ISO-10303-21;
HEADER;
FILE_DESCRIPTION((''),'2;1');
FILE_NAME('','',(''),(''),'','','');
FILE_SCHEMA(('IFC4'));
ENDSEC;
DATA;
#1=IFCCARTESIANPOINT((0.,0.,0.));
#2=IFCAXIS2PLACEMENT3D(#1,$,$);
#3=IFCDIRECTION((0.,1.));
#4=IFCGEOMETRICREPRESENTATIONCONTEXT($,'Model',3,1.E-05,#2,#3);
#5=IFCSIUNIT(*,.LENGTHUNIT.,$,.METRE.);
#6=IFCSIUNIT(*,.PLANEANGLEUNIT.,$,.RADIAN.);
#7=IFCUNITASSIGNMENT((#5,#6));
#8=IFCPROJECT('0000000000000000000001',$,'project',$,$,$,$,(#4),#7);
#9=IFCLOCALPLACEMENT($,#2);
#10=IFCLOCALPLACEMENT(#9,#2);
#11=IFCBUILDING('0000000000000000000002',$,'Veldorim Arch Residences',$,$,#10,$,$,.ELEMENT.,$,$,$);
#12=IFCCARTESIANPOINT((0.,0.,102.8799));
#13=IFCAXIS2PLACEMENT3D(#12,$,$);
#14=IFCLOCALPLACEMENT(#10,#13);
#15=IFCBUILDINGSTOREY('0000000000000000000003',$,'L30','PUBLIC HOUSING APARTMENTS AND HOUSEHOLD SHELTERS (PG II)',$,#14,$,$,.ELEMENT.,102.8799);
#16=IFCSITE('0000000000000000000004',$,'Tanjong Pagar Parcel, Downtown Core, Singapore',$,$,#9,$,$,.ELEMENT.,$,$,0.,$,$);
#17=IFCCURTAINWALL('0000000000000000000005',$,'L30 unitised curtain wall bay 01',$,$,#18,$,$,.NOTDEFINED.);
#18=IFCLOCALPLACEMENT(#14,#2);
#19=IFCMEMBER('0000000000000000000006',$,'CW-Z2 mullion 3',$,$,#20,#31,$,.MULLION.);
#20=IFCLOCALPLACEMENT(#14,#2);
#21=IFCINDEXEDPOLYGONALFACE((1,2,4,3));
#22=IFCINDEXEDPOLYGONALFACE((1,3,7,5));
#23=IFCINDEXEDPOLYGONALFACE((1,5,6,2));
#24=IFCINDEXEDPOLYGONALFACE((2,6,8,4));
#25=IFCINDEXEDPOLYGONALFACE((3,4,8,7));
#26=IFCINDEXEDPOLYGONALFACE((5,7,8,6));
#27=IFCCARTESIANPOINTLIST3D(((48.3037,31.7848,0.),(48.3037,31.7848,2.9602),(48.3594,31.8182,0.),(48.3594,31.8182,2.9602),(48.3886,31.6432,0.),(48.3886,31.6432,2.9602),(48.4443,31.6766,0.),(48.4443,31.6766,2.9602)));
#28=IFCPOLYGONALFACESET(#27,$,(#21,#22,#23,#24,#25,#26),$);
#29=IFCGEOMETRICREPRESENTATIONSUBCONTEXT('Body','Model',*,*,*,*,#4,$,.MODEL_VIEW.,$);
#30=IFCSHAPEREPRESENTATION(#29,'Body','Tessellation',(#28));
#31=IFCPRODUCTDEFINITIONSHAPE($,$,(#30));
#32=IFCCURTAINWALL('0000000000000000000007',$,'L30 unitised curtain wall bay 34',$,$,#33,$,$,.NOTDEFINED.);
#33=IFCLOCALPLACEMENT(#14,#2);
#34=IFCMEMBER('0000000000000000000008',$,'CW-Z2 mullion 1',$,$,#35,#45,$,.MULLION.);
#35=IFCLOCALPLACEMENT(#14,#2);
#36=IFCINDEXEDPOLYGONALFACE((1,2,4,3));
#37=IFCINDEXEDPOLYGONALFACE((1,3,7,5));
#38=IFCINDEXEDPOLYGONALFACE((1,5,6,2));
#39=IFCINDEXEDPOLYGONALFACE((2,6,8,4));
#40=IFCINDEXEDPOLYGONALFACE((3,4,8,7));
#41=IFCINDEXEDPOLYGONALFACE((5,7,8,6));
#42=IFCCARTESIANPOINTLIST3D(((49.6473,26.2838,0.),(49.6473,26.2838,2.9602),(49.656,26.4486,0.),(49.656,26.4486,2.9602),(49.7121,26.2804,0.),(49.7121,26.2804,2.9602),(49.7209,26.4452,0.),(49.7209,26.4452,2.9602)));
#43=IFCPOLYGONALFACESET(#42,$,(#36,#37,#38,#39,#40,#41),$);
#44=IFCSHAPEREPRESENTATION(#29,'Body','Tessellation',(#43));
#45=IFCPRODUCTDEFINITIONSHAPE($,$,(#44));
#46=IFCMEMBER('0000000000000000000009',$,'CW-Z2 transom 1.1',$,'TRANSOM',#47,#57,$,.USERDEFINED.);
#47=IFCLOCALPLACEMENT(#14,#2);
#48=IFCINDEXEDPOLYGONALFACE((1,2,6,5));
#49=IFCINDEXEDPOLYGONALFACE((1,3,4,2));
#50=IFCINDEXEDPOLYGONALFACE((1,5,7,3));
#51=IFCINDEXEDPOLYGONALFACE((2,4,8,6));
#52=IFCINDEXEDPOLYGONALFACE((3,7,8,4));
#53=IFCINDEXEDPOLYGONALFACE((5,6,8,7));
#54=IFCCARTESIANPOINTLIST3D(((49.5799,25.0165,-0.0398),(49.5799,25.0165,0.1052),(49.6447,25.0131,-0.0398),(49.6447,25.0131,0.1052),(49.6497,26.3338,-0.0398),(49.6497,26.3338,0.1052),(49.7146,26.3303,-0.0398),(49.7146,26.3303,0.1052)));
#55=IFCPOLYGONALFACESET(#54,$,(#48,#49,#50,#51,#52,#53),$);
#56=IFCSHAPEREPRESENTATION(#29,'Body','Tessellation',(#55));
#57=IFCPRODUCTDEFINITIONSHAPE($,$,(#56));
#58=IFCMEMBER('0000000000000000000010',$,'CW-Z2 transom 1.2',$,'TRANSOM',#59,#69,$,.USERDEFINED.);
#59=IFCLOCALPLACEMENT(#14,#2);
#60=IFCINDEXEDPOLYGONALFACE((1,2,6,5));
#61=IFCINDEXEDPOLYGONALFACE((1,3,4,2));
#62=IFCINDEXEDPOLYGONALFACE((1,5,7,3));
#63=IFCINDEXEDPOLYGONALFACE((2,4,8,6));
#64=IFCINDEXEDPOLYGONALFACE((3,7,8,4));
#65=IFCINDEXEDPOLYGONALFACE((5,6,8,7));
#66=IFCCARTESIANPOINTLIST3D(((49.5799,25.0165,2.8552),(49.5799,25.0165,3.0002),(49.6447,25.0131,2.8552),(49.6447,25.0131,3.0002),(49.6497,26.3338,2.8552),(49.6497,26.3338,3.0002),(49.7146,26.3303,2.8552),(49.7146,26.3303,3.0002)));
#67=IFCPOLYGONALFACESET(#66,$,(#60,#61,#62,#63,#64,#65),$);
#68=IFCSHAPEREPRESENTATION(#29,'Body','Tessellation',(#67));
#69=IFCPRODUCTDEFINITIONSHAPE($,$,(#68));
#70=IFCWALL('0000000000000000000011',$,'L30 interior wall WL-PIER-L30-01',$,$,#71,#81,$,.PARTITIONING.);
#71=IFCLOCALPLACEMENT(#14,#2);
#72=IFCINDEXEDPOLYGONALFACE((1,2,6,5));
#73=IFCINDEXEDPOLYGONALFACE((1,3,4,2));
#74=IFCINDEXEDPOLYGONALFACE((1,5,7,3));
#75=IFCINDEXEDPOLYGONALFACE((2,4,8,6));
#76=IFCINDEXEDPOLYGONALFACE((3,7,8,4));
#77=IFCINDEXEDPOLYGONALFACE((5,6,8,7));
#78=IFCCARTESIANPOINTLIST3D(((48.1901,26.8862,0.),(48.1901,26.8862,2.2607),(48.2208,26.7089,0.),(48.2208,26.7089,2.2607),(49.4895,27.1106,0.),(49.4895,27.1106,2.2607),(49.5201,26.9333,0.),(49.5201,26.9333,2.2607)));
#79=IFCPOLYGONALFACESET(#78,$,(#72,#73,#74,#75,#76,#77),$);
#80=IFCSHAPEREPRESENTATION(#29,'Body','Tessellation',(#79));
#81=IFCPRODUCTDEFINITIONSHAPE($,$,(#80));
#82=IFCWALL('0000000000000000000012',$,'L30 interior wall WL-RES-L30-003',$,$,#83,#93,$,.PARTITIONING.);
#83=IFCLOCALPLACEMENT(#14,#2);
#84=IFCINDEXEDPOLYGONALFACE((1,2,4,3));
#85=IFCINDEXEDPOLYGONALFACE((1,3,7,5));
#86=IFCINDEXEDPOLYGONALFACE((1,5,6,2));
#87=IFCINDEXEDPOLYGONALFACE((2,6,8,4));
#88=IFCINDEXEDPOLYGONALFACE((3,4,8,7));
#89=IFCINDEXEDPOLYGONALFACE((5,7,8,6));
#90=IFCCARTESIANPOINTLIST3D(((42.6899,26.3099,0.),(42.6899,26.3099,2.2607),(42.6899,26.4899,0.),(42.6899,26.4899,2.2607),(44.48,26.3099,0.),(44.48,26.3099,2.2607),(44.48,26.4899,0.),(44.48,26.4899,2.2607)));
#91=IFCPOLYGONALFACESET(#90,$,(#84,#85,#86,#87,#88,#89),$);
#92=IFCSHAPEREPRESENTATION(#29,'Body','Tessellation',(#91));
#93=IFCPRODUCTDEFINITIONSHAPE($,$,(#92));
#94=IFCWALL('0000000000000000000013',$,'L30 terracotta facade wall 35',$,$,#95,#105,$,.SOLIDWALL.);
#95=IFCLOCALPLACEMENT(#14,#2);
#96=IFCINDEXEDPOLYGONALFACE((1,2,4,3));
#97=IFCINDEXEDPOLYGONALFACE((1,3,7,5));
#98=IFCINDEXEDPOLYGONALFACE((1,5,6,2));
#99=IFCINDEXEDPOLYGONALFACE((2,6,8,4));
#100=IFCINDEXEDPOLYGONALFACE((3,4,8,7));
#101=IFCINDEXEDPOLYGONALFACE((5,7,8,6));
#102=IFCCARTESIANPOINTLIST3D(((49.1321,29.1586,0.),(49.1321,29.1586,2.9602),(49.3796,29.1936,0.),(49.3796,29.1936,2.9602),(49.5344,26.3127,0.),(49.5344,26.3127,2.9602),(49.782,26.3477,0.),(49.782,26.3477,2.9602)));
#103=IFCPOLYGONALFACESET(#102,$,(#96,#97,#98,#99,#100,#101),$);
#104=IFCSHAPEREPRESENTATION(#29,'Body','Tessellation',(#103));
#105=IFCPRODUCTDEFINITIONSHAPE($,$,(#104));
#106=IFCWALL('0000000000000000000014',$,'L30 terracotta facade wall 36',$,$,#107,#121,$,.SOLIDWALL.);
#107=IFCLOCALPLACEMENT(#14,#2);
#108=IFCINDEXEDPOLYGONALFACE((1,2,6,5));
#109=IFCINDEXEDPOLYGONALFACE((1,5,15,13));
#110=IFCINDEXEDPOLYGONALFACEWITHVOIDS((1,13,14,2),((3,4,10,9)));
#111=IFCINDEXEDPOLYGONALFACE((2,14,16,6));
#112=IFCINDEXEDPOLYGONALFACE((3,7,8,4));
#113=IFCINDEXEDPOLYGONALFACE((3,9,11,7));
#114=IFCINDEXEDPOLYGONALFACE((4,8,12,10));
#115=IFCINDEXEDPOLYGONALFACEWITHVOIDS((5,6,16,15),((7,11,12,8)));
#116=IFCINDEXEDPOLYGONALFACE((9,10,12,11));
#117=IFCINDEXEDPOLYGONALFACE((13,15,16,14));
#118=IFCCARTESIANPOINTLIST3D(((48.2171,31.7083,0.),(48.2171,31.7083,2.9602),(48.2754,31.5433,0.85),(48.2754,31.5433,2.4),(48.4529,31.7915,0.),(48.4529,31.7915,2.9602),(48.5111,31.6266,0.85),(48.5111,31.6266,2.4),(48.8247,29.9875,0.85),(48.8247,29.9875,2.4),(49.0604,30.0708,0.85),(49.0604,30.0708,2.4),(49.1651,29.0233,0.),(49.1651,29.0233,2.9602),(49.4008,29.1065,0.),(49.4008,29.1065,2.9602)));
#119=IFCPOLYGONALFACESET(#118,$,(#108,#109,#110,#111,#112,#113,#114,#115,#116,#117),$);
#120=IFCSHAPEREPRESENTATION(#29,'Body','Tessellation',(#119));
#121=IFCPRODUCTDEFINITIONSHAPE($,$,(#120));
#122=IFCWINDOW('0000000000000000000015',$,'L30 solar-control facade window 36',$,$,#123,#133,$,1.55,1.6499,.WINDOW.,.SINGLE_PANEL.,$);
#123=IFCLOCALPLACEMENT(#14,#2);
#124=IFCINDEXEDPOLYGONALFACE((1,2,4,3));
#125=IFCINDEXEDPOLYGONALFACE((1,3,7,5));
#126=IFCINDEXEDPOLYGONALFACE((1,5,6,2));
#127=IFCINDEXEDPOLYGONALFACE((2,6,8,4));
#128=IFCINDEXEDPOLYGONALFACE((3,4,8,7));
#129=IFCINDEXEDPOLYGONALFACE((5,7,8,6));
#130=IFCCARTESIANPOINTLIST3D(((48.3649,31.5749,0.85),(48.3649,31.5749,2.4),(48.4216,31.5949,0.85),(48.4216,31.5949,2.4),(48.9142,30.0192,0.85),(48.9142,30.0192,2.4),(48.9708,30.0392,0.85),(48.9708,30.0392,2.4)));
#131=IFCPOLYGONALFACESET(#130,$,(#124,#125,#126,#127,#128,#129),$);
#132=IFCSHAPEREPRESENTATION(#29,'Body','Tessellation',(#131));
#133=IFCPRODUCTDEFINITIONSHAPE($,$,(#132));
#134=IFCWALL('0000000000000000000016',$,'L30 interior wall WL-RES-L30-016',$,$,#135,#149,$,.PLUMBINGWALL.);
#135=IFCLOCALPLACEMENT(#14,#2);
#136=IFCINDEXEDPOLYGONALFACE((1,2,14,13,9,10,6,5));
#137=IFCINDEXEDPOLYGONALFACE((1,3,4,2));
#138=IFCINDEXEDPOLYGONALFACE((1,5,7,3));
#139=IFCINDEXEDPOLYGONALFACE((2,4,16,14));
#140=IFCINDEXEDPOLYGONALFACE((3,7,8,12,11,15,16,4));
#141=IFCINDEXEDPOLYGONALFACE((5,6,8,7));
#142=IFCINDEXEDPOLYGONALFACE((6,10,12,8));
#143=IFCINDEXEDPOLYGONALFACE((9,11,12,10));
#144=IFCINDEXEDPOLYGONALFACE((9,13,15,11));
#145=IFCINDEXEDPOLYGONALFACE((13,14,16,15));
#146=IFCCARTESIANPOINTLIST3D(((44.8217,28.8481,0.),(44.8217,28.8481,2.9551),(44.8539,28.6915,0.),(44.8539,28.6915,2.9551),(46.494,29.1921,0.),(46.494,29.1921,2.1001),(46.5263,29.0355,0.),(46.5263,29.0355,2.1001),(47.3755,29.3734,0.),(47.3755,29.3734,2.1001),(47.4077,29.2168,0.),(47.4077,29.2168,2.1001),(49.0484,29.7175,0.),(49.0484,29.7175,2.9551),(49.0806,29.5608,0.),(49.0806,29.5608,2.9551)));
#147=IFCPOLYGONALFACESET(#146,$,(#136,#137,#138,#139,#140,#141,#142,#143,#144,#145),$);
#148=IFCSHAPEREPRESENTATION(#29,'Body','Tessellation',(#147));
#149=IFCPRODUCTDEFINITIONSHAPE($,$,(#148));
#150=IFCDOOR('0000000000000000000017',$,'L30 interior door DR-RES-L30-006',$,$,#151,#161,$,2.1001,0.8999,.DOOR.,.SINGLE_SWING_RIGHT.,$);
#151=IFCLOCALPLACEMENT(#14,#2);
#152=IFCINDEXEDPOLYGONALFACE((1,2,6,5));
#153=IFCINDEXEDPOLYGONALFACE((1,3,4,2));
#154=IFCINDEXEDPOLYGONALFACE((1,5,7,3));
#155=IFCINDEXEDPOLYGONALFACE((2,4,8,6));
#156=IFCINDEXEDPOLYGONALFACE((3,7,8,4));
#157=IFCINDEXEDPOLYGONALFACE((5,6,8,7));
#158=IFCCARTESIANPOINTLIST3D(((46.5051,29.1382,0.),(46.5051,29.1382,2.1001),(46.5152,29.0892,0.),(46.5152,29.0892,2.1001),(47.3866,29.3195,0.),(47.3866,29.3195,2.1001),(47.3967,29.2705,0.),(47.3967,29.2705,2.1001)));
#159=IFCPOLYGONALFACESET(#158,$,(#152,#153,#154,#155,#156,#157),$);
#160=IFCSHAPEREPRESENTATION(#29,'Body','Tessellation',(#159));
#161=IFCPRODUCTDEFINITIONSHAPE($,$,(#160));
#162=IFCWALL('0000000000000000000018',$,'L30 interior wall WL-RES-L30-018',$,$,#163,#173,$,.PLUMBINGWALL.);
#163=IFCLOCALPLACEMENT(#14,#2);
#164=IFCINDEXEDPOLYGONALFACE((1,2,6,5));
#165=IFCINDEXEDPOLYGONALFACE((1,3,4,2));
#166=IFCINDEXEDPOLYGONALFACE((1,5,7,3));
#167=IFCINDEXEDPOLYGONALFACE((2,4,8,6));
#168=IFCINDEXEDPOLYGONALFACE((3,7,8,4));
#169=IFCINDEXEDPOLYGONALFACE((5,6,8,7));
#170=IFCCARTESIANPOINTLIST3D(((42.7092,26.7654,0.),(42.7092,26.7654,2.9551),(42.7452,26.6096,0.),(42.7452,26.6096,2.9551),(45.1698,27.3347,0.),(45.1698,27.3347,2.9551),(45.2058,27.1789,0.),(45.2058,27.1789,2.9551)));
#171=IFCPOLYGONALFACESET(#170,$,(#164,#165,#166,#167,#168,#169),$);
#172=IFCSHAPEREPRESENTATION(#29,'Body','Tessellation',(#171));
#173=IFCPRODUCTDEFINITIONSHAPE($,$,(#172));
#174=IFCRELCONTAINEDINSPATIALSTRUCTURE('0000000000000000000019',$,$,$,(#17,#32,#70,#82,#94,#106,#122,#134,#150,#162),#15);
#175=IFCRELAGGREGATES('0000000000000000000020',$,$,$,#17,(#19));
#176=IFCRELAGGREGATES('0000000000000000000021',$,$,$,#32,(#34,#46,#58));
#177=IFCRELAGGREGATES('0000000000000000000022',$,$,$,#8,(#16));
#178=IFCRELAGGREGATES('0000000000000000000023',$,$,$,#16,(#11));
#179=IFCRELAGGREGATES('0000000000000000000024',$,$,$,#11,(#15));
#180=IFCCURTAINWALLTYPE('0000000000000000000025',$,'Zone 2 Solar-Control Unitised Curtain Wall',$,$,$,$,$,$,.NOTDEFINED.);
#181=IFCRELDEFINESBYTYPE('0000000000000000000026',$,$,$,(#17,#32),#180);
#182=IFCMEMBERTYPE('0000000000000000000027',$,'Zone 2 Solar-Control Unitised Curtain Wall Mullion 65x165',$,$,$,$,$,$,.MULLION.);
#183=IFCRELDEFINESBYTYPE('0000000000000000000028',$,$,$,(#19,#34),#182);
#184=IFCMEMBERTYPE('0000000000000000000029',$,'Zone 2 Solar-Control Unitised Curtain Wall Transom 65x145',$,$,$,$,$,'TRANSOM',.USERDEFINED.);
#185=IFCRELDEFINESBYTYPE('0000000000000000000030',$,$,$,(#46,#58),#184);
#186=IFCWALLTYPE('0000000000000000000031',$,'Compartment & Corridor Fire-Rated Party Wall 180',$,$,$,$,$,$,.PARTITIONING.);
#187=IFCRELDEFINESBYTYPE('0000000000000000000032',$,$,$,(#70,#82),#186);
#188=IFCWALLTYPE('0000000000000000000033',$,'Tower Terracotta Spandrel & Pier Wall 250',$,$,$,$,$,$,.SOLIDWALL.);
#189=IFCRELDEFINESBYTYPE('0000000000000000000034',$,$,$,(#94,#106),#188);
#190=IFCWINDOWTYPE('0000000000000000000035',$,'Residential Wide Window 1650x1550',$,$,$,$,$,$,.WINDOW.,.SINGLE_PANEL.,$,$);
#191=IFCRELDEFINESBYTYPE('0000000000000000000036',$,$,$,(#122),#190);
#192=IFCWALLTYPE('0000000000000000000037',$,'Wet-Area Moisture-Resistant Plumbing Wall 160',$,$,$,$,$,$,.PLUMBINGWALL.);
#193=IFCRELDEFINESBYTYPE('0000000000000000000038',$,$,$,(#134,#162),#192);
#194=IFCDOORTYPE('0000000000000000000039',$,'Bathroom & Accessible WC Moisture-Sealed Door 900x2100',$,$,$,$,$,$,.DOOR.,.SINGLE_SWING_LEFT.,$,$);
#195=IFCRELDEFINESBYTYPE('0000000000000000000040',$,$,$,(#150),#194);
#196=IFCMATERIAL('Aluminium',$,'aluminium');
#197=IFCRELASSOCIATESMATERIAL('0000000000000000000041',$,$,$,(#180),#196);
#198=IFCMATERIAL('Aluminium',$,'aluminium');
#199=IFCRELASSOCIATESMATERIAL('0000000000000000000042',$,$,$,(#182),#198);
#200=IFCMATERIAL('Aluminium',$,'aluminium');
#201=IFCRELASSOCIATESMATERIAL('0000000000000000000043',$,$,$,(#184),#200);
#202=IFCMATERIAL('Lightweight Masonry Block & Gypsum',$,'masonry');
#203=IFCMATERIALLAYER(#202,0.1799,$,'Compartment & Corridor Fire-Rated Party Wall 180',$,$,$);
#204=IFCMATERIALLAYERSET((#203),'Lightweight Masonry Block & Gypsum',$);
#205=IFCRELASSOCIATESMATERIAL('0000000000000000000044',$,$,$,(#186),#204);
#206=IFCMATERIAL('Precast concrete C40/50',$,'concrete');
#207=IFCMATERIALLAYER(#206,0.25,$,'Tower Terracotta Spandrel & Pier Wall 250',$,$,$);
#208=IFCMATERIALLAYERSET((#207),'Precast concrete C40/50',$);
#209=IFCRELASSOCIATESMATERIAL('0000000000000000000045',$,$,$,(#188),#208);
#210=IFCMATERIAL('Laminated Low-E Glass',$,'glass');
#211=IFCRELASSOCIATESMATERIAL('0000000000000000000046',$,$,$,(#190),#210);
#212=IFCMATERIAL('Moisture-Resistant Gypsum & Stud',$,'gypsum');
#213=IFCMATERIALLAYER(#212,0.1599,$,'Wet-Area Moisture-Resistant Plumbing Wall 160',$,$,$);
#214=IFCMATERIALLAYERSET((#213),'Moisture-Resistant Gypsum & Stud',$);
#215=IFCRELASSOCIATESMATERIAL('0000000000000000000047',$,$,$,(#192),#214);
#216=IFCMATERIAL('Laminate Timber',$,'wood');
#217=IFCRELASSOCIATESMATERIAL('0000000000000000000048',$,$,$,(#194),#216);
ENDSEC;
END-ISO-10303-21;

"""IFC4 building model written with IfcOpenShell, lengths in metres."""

from ifc_helpers import new_model, si_unit, direction, frame, frame_2d, origin, origin_2d, place, context, subcontext, project, spatial, rectangle, extrude, material, layer, layer_set, material_profile, profile_set, type_object, element, fill, aggregate, save


model = new_model("IFC4")

# Units and contexts
model_context = context("Model", 3, precision=1e-05, world=origin(), true_north=direction((0.0, 1.0)))
body_context = subcontext(model_context, "Body", "Model", "MODEL_VIEW")
ifc_project = project(units=[si_unit("LENGTHUNIT", "METRE"), si_unit("PLANEANGLEUNIT", "RADIAN")], contexts=[model_context])

# Site, building, storey
site_placement = place(None, origin())
site = spatial("IfcSite", under=ifc_project, at=site_placement, Name="Tanjong Pagar Parcel, Downtown Core, Singapore", CompositionType="ELEMENT", RefElevation=0.0)
building_placement = place(site_placement, origin())
building = spatial("IfcBuilding", under=site, at=building_placement, Name="Veldorim Arch Residences", CompositionType="ELEMENT")
storey_placement = place(building_placement, frame((0.0, 0.0, 102.8799)))
storey = spatial("IfcBuildingStorey", under=building, at=storey_placement, Name="L30", Description="PUBLIC HOUSING APARTMENTS AND HOUSEHOLD SHELTERS (PG II)", CompositionType="ELEMENT", Elevation=102.8799)

# Curtain wall, member
ifc_material_1 = material(Name="Aluminium", Category="aluminium")
curtain_wall_type = type_object("IfcCurtainWallType", Name="Zone 2 Solar-Control Unitised Curtain Wall", PredefinedType="NOTDEFINED", material=ifc_material_1)
curtain_wall_1_placement = place(storey_placement, origin())
curtain_wall_1 = element("IfcCurtainWall", 1, at=curtain_wall_1_placement, inside=storey, type_object=curtain_wall_type, Name="L30 unitised curtain wall bay 01", PredefinedType="NOTDEFINED")
ifc_material_2 = material(Name="Aluminium", Category="aluminium")
ifc_material_profile_1 = material_profile(ifc_material_2, rectangle(XDim=0.0649, YDim=0.165, at=origin_2d()), Name="ALU_MUL_65x165")
ifc_profile_set_1 = profile_set([ifc_material_profile_1], Name="Aluminium")
member_type_1 = type_object("IfcMemberType", Name="Zone 2 Solar-Control Unitised Curtain Wall Mullion 65x165", PredefinedType="MULLION", material=ifc_profile_set_1)
member_1_placement = place(storey_placement, frame((48.374, 31.7307, 0.0), z_axis=(0.0, 0.0, 1.0), x_axis=(0.85757, 0.514368, 0.0)))
member_1 = element("IfcMember", 2, at=member_1_placement, type_object=member_type_1, Name="CW-Z2 mullion 3", PredefinedType="MULLION", context=body_context, shape_type="SweptSolid", body=[
    extrude(rectangle(XDim=0.0649, YDim=0.165, at=origin_2d()), origin(), (0.0, 0.0, 1.0), 2.9602),
])
aggregate(curtain_wall_1, [member_1])

# Curtain wall, members
curtain_wall_2_placement = place(storey_placement, origin())
curtain_wall_2 = element("IfcCurtainWall", 3, at=curtain_wall_2_placement, inside=storey, type_object=curtain_wall_type, Name="L30 unitised curtain wall bay 34", PredefinedType="NOTDEFINED")
member_2_placement = place(storey_placement, frame((49.6841, 26.3645, 0.0), z_axis=(0.0, 0.0, 1.0), x_axis=(0.99859, -0.053083, 0.0)))
member_2 = element("IfcMember", 4, at=member_2_placement, type_object=member_type_1, Name="CW-Z2 mullion 1", PredefinedType="MULLION", context=body_context, shape_type="SweptSolid", body=[
    extrude(rectangle(XDim=0.0649, YDim=0.165, at=origin_2d()), origin(), (0.0, 0.0, 1.0), 2.9602),
])
ifc_material_3 = material(Name="Aluminium", Category="aluminium")
ifc_material_profile_2 = material_profile(ifc_material_3, rectangle(XDim=0.0649, YDim=0.145, at=origin_2d()), Name="ALU_TRN_65x145")
ifc_profile_set_2 = profile_set([ifc_material_profile_2], Name="Aluminium")
member_type_2 = type_object("IfcMemberType", Name="Zone 2 Solar-Control Unitised Curtain Wall Transom 65x145", ElementType="TRANSOM", PredefinedType="USERDEFINED", material=ifc_profile_set_2)
member_3_placement = place(storey_placement, frame((49.6821, 26.332, 0.0327), z_axis=(-0.052938, -0.998598, 0.0), x_axis=(0.998598, -0.052938, 0.0)))
member_3 = element("IfcMember", 5, at=member_3_placement, type_object=member_type_2, Name="CW-Z2 transom 1.1", ObjectType="TRANSOM", PredefinedType="USERDEFINED", context=body_context, shape_type="SweptSolid", body=[
    extrude(rectangle(XDim=0.0649, YDim=0.145, at=origin_2d()), origin(), (0.0, 0.0, 1.0), 1.3191),
])
member_4_placement = place(storey_placement, frame((49.6821, 26.332, 2.9277), z_axis=(-0.052938, -0.998598, 0.0), x_axis=(0.998598, -0.052938, 0.0)))
member_4 = element("IfcMember", 6, at=member_4_placement, type_object=member_type_2, Name="CW-Z2 transom 1.2", ObjectType="TRANSOM", PredefinedType="USERDEFINED", context=body_context, shape_type="SweptSolid", body=[
    extrude(rectangle(XDim=0.0649, YDim=0.145, at=origin_2d()), origin(), (0.0, 0.0, 1.0), 1.3191),
])
aggregate(curtain_wall_2, [member_2, member_3, member_4])

# Walls
ifc_material_4 = material(Name="Lightweight Masonry Block & Gypsum", Category="masonry")
ifc_layer_1 = layer(ifc_material_4, 0.1799, Name="Compartment & Corridor Fire-Rated Party Wall 180")
ifc_layer_set_1 = layer_set([ifc_layer_1], Name="Lightweight Masonry Block & Gypsum")
wall_type_1 = type_object("IfcWallType", Name="Compartment & Corridor Fire-Rated Party Wall 180", PredefinedType="PARTITIONING", material=ifc_layer_set_1)
wall_1_placement = place(storey_placement, frame((48.2056, 26.7976, 0.0), z_axis=(0.0, 0.0, 1.0), x_axis=(0.985416, 0.170161, 0.0)))
element("IfcWall", 7, at=wall_1_placement, inside=storey, type_object=wall_type_1, Name="L30 interior wall WL-PIER-L30-01", PredefinedType="PARTITIONING", context=body_context, shape_type="SweptSolid", body=[
    extrude(rectangle(XDim=1.3186, YDim=0.1799, at=frame_2d((0.6592, 0.0))), origin(), (0.0, 0.0, 1.0), 2.2607),
])
wall_2_placement = place(storey_placement, frame((42.6899, 26.3999, 0.0), z_axis=(0.0, 0.0, 1.0), x_axis=(1.0, 0.0, 0.0)))
element("IfcWall", 8, at=wall_2_placement, inside=storey, type_object=wall_type_1, Name="L30 interior wall WL-RES-L30-003", PredefinedType="PARTITIONING", context=body_context, shape_type="SweptSolid", body=[
    extrude(rectangle(XDim=1.79, YDim=0.1799, at=frame_2d((0.895, 0.0))), origin(), (0.0, 0.0, 1.0), 2.2607),
])

# Wall
ifc_material_5 = material(Name="Precast concrete C40/50", Category="concrete")
ifc_layer_2 = layer(ifc_material_5, 0.25, Name="Tower Terracotta Spandrel & Pier Wall 250")
ifc_layer_set_2 = layer_set([ifc_layer_2], Name="Precast concrete C40/50")
wall_type_2 = type_object("IfcWallType", Name="Tower Terracotta Spandrel & Pier Wall 250", PredefinedType="SOLIDWALL", material=ifc_layer_set_2)
wall_3_placement = place(storey_placement, frame((49.2559, 29.176, 0.0), z_axis=(0.0, 0.0, 1.0), x_axis=(0.139982, -0.990154, 0.0)))
element("IfcWall", 9, at=wall_3_placement, inside=storey, type_object=wall_type_2, Name="L30 terracotta facade wall 35", PredefinedType="SOLIDWALL", context=body_context, shape_type="SweptSolid", body=[
    extrude(rectangle(XDim=2.8743, YDim=0.25, at=frame_2d((1.437, 0.0))), origin(), (0.0, 0.0, 1.0), 2.9602),
])

# Wall, opening, window
wall_4_placement = place(storey_placement, frame((48.335, 31.75, 0.0), z_axis=(0.0, 0.0, 1.0), x_axis=(0.332923, -0.942954, 0.0)))
wall_4 = element("IfcWall", 10, at=wall_4_placement, inside=storey, type_object=wall_type_2, Name="L30 terracotta facade wall 36", PredefinedType="SOLIDWALL", context=body_context, shape_type="SweptSolid", body=[
    extrude(rectangle(XDim=2.8474, YDim=0.25, at=frame_2d((1.4238, 0.0))), origin(), (0.0, 0.0, 1.0), 2.9602),
])
opening_1_placement = place(wall_4_placement, frame((0.175, 0.0, 0.8501)))
opening_1 = element("IfcOpeningElement", 11, at=opening_1_placement, cuts=wall_4, PredefinedType="OPENING", context=body_context, shape_type="SweptSolid", body=[
    extrude(rectangle(XDim=1.6499, YDim=1.55, at=frame_2d((0.825, 0.7749))), frame((0.0, 0.135, 0.0), z_axis=(0.0, -1.0, 0.0), x_axis=(1.0, 0.0, 0.0)), (0.0, 0.0, 1.0), 0.27),
])
ifc_material_6 = material(Name="Laminated Low-E Glass", Category="glass")
window_type = type_object("IfcWindowType", Name="Residential Wide Window 1650x1550", PartitioningType="SINGLE_PANEL", PredefinedType="WINDOW", material=ifc_material_6)
window_placement = place(opening_1_placement, origin())
window = element("IfcWindow", 12, at=window_placement, inside=storey, type_object=window_type, Name="L30 solar-control facade window 36", OverallHeight=1.55, OverallWidth=1.6499, PartitioningType="SINGLE_PANEL", PredefinedType="WINDOW", context=body_context, shape_type="SweptSolid", body=[
    extrude(rectangle(XDim=1.6499, YDim=1.55, at=frame_2d((0.825, 0.7749))), frame((0.0, 0.03, 0.0), z_axis=(0.0, -1.0, 0.0), x_axis=(1.0, 0.0, 0.0)), (0.0, 0.0, 1.0), 0.0601),
])
fill(opening_1, window)

# Wall, opening, door
ifc_material_7 = material(Name="Moisture-Resistant Gypsum & Stud", Category="gypsum")
ifc_layer_3 = layer(ifc_material_7, 0.1599, Name="Wet-Area Moisture-Resistant Plumbing Wall 160")
ifc_layer_set_3 = layer_set([ifc_layer_3], Name="Moisture-Resistant Gypsum & Stud")
wall_type_3 = type_object("IfcWallType", Name="Wet-Area Moisture-Resistant Plumbing Wall 160", PredefinedType="PLUMBINGWALL", material=ifc_layer_set_3)
wall_5_placement = place(storey_placement, frame((44.8376, 28.7698, 0.0), z_axis=(0.0, 0.0, 1.0), x_axis=(0.979495, 0.201466, 0.0)))
wall_5 = element("IfcWall", 13, at=wall_5_placement, inside=storey, type_object=wall_type_3, Name="L30 interior wall WL-RES-L30-016", PredefinedType="PLUMBINGWALL", context=body_context, shape_type="SweptSolid", body=[
    extrude(rectangle(XDim=4.3152, YDim=0.1599, at=frame_2d((2.1577, 0.0))), origin(), (0.0, 0.0, 1.0), 2.9551),
])
opening_2_placement = place(wall_5_placement, frame((1.7075, 0.0, 0.0)))
opening_2 = element("IfcOpeningElement", 14, at=opening_2_placement, cuts=wall_5, PredefinedType="OPENING", context=body_context, shape_type="SweptSolid", body=[
    extrude(rectangle(XDim=0.8999, YDim=2.1001, at=frame_2d((0.45, 1.05))), frame((0.0, 0.0898, 0.0), z_axis=(0.0, -1.0, 0.0), x_axis=(1.0, 0.0, 0.0)), (0.0, 0.0, 1.0), 0.1799),
])
ifc_material_8 = material(Name="Laminate Timber", Category="wood")
door_type_1 = type_object("IfcDoorType", Name="Bathroom & Accessible WC Moisture-Sealed Door 900x2100", OperationType="SINGLE_SWING_LEFT", PredefinedType="DOOR", material=ifc_material_8)
door_1_placement = place(opening_2_placement, origin())
door_1 = element("IfcDoor", 15, at=door_1_placement, inside=storey, type_object=door_type_1, Name="L30 interior door DR-RES-L30-006", OperationType="SINGLE_SWING_RIGHT", OverallHeight=2.1001, OverallWidth=0.8999, PredefinedType="DOOR", context=body_context, shape_type="SweptSolid", body=[
    extrude(rectangle(XDim=0.8999, YDim=2.1001, at=frame_2d((0.45, 1.05))), frame((0.0, 0.0249, 0.0), z_axis=(0.0, -1.0, 0.0), x_axis=(1.0, 0.0, 0.0)), (0.0, 0.0, 1.0), 0.05),
])
fill(opening_2, door_1)

# Wall
wall_6_placement = place(storey_placement, frame((42.7273, 26.6875, 0.0), z_axis=(0.0, 0.0, 1.0), x_axis=(0.974262, 0.225417, 0.0)))
element("IfcWall", 16, at=wall_6_placement, inside=storey, type_object=wall_type_3, Name="L30 interior wall WL-RES-L30-018", PredefinedType="PLUMBINGWALL", context=body_context, shape_type="SweptSolid", body=[
    extrude(rectangle(XDim=2.5256, YDim=0.1599, at=frame_2d((1.2627, 0.0))), origin(), (0.0, 0.0, 1.0), 2.9551),
])

save(model, "model.ifc")
